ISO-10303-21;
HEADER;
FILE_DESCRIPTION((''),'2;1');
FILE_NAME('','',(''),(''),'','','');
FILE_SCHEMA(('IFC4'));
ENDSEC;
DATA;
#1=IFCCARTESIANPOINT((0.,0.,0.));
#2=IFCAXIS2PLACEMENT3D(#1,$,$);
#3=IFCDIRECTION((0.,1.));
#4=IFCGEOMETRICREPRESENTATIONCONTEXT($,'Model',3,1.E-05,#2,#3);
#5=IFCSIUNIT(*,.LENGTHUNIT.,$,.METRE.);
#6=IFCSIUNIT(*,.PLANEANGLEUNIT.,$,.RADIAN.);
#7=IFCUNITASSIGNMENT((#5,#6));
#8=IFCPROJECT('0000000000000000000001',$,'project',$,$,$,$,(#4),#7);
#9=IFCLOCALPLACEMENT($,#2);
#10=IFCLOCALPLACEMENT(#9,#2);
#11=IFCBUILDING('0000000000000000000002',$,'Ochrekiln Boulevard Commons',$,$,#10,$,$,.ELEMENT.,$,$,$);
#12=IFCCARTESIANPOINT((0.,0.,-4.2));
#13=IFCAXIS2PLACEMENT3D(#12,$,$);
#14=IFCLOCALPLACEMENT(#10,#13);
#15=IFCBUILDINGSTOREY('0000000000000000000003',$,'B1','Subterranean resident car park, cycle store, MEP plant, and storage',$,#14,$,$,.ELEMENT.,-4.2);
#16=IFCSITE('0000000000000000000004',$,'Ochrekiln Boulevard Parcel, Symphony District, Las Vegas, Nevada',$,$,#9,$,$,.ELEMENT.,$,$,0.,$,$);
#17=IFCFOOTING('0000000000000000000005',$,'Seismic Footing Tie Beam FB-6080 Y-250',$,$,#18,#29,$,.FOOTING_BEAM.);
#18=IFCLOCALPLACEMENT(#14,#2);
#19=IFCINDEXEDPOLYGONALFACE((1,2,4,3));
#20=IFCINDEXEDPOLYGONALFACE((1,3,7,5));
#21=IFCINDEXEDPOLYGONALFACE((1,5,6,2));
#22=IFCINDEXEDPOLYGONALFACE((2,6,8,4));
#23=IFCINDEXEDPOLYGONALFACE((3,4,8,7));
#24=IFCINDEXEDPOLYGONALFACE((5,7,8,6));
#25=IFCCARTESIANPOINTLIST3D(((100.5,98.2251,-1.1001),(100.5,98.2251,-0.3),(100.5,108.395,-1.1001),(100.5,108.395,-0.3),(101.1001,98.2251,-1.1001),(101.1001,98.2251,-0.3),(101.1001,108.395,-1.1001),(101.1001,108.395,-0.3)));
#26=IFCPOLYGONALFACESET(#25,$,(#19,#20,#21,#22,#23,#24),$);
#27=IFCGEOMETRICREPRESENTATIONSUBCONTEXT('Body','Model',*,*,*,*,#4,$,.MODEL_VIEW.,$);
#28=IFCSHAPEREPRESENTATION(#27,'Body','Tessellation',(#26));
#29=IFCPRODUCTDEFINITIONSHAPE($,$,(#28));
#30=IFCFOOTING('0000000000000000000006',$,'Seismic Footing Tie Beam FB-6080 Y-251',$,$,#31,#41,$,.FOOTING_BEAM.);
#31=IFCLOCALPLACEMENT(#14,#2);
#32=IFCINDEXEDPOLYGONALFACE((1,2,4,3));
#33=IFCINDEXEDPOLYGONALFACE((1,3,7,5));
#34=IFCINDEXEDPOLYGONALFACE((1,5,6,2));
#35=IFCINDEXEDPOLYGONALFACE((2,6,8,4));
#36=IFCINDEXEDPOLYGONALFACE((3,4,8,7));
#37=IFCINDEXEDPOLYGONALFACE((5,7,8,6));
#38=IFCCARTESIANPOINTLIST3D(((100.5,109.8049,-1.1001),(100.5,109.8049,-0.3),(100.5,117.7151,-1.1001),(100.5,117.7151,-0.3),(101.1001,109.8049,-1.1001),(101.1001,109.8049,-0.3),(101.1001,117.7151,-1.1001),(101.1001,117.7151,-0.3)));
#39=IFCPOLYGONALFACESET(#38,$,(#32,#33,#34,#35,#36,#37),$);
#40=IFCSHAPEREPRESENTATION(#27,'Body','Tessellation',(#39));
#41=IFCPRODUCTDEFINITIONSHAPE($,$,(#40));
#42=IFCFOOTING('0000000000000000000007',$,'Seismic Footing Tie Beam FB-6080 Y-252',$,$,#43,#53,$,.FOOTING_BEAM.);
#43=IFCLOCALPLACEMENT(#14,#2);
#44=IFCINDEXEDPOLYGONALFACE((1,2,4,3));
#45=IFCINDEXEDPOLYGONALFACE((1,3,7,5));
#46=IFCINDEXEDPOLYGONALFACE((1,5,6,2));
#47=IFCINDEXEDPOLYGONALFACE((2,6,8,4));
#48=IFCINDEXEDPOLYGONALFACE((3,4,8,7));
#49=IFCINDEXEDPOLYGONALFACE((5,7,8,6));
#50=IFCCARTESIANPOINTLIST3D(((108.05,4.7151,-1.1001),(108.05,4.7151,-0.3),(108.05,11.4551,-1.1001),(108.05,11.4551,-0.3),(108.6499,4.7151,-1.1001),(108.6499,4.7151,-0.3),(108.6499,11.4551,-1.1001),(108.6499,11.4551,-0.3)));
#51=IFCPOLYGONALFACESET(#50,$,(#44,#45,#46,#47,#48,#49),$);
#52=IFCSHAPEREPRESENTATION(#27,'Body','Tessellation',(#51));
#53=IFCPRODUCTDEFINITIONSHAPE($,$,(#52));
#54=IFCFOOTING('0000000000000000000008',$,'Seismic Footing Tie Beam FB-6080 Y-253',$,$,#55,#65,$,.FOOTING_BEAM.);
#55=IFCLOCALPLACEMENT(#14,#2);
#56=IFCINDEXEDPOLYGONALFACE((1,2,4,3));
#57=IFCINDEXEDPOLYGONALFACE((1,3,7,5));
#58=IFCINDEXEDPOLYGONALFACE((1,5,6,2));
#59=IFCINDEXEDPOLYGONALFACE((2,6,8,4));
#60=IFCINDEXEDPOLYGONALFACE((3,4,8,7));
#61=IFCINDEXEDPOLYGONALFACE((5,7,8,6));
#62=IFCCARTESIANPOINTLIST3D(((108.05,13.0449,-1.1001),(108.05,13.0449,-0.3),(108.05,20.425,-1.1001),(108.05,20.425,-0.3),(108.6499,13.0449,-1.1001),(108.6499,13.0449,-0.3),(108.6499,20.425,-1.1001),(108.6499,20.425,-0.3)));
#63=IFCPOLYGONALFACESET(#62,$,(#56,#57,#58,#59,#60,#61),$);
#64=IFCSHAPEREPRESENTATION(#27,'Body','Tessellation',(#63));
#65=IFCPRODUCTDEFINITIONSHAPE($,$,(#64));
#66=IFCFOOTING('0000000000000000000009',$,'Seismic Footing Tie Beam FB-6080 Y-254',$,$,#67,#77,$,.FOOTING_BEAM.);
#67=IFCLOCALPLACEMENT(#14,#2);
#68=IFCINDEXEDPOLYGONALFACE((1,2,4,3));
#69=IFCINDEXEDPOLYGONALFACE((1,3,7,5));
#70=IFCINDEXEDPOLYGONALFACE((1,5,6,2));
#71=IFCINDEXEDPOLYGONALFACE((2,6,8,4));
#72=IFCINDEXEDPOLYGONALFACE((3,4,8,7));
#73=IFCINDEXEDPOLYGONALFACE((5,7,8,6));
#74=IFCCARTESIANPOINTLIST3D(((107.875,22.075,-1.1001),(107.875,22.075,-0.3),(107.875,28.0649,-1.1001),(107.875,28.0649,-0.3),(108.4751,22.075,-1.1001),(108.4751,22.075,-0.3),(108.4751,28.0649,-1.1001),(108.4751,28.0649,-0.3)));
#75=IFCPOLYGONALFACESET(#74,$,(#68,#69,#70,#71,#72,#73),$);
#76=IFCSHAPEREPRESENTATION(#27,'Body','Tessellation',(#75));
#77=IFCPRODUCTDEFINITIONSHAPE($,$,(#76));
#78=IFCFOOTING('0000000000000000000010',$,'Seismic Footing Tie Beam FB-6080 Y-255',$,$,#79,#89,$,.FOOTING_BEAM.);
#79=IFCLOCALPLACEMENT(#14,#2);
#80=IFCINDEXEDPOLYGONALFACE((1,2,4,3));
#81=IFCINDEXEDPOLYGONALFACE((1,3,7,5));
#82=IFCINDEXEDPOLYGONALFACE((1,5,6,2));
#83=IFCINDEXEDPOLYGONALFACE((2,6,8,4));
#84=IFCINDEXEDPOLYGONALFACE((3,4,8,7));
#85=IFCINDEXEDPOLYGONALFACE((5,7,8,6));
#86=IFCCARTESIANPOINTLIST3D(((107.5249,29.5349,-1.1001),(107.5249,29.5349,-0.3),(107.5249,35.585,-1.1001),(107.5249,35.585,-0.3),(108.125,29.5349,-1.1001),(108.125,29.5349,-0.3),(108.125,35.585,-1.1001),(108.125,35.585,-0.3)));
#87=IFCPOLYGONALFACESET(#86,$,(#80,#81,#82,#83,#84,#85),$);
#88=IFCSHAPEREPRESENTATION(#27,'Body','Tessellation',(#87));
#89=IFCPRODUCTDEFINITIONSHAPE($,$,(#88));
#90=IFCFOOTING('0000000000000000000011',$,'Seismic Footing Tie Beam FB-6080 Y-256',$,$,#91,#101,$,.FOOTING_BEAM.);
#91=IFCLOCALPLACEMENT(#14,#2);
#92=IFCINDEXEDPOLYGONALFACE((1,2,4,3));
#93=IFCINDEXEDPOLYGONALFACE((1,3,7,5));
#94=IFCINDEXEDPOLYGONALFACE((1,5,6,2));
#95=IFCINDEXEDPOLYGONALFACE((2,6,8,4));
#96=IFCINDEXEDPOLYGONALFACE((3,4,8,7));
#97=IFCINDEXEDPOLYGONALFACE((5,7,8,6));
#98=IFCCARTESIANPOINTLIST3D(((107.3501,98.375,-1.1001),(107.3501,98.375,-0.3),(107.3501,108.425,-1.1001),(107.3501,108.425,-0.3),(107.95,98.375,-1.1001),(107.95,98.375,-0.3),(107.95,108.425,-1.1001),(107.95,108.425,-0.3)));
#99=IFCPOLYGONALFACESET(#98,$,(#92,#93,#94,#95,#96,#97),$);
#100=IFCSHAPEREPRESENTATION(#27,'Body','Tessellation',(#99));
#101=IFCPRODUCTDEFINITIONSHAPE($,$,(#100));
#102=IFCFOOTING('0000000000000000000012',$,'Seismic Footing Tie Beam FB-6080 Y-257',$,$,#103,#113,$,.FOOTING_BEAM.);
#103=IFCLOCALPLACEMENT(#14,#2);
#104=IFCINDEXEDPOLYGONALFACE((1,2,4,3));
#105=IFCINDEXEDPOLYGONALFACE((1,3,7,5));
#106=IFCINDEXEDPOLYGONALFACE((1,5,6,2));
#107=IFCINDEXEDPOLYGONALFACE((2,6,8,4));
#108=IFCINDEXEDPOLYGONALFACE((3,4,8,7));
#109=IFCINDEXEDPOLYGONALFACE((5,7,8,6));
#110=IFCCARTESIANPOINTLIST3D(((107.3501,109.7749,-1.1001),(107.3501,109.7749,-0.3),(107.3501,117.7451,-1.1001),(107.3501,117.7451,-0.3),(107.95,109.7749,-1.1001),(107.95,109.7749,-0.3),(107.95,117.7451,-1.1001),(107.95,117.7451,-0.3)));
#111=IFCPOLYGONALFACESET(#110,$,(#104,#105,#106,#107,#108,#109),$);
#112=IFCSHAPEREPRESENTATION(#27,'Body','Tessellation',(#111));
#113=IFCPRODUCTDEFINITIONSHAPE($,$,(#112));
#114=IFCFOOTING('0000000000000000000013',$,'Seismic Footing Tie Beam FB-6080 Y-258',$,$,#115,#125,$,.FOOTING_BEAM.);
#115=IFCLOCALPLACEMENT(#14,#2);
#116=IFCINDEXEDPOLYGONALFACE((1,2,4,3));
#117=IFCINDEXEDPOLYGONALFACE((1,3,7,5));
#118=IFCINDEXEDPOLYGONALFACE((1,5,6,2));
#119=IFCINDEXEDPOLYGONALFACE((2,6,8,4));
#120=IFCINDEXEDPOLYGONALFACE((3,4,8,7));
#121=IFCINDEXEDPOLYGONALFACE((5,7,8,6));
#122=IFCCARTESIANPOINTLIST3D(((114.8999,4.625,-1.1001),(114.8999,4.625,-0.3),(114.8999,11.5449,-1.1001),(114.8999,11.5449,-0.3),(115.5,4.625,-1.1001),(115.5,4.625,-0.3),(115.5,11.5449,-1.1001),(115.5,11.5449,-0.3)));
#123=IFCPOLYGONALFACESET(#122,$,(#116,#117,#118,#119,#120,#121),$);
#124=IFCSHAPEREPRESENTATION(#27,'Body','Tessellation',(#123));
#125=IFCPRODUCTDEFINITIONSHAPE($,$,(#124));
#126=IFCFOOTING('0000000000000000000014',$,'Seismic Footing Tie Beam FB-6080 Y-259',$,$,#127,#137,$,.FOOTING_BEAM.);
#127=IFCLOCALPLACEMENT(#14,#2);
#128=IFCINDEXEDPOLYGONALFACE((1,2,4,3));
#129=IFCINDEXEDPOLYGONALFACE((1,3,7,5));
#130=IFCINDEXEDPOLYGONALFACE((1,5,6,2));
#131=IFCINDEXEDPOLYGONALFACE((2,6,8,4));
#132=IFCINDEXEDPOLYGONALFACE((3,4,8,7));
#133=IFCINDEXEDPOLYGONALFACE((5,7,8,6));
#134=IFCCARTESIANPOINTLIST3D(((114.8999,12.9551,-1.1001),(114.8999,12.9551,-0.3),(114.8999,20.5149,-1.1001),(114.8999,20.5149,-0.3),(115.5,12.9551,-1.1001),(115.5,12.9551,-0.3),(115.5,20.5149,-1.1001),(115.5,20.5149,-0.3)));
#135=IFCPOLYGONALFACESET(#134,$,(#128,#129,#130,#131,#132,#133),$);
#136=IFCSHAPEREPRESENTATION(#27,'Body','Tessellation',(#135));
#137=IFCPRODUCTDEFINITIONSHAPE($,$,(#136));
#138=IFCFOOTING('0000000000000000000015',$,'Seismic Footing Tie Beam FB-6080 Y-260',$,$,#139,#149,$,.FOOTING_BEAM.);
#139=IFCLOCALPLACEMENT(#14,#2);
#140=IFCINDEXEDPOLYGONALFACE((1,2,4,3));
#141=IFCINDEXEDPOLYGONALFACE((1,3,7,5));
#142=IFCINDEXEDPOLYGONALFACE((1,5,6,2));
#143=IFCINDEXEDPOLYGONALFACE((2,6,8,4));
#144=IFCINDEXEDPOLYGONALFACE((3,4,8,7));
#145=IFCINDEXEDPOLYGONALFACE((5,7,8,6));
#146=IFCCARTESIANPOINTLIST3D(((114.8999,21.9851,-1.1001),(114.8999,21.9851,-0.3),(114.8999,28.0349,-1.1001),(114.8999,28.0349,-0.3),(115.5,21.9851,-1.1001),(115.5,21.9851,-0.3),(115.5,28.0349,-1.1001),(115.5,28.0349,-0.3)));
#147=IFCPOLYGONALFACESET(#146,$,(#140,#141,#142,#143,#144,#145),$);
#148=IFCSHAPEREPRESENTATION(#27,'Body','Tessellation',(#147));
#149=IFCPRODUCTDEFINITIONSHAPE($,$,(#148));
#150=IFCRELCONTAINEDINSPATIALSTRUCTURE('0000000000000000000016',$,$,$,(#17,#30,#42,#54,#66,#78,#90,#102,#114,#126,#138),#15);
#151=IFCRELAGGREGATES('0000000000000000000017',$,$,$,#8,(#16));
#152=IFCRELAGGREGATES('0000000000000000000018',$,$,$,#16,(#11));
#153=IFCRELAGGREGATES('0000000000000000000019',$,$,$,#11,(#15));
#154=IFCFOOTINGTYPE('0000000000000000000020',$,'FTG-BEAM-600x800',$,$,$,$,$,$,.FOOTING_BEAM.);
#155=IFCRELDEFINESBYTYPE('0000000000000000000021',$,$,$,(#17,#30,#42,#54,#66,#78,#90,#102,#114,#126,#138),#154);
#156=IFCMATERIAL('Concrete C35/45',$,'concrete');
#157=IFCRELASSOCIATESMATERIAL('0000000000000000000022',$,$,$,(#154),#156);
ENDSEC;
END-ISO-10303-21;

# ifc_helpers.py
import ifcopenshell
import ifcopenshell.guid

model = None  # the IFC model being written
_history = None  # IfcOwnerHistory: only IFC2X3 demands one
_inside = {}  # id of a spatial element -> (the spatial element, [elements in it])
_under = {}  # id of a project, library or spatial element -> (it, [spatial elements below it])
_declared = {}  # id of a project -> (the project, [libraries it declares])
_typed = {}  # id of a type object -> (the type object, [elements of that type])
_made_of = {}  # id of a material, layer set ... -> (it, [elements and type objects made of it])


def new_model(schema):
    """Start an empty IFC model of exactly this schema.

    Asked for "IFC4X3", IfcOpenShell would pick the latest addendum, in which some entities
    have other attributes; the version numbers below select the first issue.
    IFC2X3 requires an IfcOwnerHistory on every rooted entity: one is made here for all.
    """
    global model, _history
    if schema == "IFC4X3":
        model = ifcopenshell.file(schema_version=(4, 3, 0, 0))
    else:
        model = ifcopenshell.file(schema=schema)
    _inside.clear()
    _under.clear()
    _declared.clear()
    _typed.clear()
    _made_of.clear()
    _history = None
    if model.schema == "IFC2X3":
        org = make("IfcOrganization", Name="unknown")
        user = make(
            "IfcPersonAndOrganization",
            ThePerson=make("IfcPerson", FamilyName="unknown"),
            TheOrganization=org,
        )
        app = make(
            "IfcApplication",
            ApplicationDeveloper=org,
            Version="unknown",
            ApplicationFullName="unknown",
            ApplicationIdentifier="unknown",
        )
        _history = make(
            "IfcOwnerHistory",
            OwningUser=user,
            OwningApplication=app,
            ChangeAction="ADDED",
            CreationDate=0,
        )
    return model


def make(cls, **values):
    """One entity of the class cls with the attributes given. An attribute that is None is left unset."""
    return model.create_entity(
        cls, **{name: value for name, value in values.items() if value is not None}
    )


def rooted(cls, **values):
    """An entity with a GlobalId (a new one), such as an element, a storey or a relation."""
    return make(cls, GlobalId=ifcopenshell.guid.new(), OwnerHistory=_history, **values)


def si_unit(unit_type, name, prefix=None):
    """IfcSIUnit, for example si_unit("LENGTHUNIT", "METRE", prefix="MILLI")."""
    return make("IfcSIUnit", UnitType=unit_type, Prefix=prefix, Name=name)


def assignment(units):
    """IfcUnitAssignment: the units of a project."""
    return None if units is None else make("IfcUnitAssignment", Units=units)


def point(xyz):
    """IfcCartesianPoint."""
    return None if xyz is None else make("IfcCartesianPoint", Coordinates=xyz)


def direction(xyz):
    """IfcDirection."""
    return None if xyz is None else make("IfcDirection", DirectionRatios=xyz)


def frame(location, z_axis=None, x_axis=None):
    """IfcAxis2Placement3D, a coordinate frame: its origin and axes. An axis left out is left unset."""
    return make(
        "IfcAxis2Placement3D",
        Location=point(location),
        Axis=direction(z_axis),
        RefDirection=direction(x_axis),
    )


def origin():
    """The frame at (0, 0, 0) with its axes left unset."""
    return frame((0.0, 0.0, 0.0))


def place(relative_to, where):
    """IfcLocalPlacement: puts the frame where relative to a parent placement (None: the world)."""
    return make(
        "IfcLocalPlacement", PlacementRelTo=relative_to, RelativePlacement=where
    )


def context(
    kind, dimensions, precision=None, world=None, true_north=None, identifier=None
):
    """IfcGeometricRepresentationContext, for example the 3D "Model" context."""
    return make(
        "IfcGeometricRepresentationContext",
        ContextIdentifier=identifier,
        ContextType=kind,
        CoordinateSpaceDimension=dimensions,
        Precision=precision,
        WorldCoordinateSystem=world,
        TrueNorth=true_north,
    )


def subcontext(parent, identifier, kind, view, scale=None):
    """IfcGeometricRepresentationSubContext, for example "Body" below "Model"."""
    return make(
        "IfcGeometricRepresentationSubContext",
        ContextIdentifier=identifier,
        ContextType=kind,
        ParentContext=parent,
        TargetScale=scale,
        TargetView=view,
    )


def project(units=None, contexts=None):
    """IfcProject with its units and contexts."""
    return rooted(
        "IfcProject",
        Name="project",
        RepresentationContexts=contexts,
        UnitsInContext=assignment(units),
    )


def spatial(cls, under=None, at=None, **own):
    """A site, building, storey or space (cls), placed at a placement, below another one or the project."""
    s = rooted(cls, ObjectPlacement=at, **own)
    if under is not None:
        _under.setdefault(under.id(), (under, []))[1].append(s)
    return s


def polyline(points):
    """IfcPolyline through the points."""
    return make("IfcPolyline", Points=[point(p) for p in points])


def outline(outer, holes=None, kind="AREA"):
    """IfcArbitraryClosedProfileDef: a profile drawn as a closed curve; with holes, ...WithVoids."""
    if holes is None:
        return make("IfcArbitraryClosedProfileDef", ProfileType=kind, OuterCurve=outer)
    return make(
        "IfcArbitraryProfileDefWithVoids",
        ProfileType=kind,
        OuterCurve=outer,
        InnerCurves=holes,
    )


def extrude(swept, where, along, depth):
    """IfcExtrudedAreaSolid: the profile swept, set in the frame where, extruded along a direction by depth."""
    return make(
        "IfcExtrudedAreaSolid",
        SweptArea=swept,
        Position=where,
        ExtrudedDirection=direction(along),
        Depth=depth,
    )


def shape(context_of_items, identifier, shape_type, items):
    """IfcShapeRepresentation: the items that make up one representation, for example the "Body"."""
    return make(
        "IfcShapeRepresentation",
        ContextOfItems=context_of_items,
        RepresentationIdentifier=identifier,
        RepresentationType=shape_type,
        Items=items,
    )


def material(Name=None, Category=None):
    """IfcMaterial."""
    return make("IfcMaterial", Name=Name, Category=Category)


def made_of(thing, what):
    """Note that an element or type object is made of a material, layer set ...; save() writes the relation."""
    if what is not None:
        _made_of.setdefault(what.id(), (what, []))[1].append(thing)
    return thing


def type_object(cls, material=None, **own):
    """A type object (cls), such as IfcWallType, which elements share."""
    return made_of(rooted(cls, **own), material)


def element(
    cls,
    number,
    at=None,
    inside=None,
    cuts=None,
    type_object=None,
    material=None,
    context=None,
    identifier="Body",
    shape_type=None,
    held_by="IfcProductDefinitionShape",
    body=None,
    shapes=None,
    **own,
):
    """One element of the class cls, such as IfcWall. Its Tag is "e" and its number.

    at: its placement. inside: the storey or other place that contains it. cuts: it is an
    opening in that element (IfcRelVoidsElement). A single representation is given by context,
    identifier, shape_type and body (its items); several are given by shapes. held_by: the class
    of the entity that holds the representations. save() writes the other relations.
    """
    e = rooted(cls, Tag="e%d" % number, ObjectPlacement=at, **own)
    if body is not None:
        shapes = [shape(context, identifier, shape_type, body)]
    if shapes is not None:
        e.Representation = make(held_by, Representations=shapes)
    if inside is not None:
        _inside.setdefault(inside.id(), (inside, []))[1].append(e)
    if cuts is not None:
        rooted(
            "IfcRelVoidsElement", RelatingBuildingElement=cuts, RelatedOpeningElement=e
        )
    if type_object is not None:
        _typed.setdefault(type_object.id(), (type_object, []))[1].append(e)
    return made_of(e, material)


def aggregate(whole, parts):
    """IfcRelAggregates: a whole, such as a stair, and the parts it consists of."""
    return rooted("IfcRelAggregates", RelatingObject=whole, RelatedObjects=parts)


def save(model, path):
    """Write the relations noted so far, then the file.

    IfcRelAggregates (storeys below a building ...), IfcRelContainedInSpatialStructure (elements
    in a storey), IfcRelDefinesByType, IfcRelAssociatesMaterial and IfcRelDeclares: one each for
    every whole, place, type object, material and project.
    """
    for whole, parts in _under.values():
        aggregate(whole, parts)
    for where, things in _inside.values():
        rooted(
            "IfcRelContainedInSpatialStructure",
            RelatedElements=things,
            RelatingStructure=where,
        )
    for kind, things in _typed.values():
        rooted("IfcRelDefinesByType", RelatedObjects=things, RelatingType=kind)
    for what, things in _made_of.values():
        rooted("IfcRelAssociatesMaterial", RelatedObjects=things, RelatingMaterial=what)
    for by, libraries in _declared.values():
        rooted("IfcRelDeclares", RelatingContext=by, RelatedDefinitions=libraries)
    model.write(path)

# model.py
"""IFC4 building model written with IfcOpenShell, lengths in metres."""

from ifc_helpers import new_model, si_unit, direction, frame, origin, place, context, subcontext, project, spatial, polyline, outline, extrude, material, type_object, element, save


model = new_model("IFC4")

# Units and contexts
model_context = context("Model", 3, precision=1e-05, world=origin(), true_north=direction((0.0, 1.0)))
body_context = subcontext(model_context, "Body", "Model", "MODEL_VIEW")
ifc_project = project(units=[si_unit("LENGTHUNIT", "METRE"), si_unit("PLANEANGLEUNIT", "RADIAN")], contexts=[model_context])

# Site, building, storey
site_placement = place(None, origin())
site = spatial("IfcSite", under=ifc_project, at=site_placement, Name="Ochrekiln Boulevard Parcel, Symphony District, Las Vegas, Nevada", CompositionType="ELEMENT", RefElevation=0.0)
building_placement = place(site_placement, origin())
building = spatial("IfcBuilding", under=site, at=building_placement, Name="Ochrekiln Boulevard Commons", CompositionType="ELEMENT")
storey_placement = place(building_placement, frame((0.0, 0.0, -4.2)))
storey = spatial("IfcBuildingStorey", under=building, at=storey_placement, Name="B1", Description="Subterranean resident car park, cycle store, MEP plant, and storage", CompositionType="ELEMENT", Elevation=-4.2)

# Footings
ifc_material = material(Name="Concrete C35/45", Category="concrete")
footing_type = type_object("IfcFootingType", Name="FTG-BEAM-600x800", PredefinedType="FOOTING_BEAM", material=ifc_material)
footing_1_placement = place(storey_placement, frame((0.0, 0.0, -1.1001)))
element("IfcFooting", 1, at=footing_1_placement, inside=storey, type_object=footing_type, Name="Seismic Footing Tie Beam FB-6080 Y-250", PredefinedType="FOOTING_BEAM", context=body_context, shape_type="SweptSolid", body=[
    extrude(outline(polyline([(100.5, 98.2251), (101.1001, 98.2251), (101.1001, 108.395), (100.5, 108.395), (100.5, 98.2251)])), origin(), (0.0, 0.0, 1.0), 0.8),
])
footing_2_placement = place(storey_placement, frame((0.0, 0.0, -1.1001)))
element("IfcFooting", 2, at=footing_2_placement, inside=storey, type_object=footing_type, Name="Seismic Footing Tie Beam FB-6080 Y-251", PredefinedType="FOOTING_BEAM", context=body_context, shape_type="SweptSolid", body=[
    extrude(outline(polyline([(100.5, 109.8049), (101.1001, 109.8049), (101.1001, 117.7151), (100.5, 117.7151), (100.5, 109.8049)])), origin(), (0.0, 0.0, 1.0), 0.8),
])
footing_3_placement = place(storey_placement, frame((0.0, 0.0, -1.1001)))
element("IfcFooting", 3, at=footing_3_placement, inside=storey, type_object=footing_type, Name="Seismic Footing Tie Beam FB-6080 Y-252", PredefinedType="FOOTING_BEAM", context=body_context, shape_type="SweptSolid", body=[
    extrude(outline(polyline([(108.05, 4.7151), (108.6499, 4.7151), (108.6499, 11.4551), (108.05, 11.4551), (108.05, 4.7151)])), origin(), (0.0, 0.0, 1.0), 0.8),
])
footing_4_placement = place(storey_placement, frame((0.0, 0.0, -1.1001)))
element("IfcFooting", 4, at=footing_4_placement, inside=storey, type_object=footing_type, Name="Seismic Footing Tie Beam FB-6080 Y-253", PredefinedType="FOOTING_BEAM", context=body_context, shape_type="SweptSolid", body=[
    extrude(outline(polyline([(108.05, 13.0449), (108.6499, 13.0449), (108.6499, 20.425), (108.05, 20.425), (108.05, 13.0449)])), origin(), (0.0, 0.0, 1.0), 0.8),
])
footing_5_placement = place(storey_placement, frame((0.0, 0.0, -1.1001)))
element("IfcFooting", 5, at=footing_5_placement, inside=storey, type_object=footing_type, Name="Seismic Footing Tie Beam FB-6080 Y-254", PredefinedType="FOOTING_BEAM", context=body_context, shape_type="SweptSolid", body=[
    extrude(outline(polyline([(107.875, 22.075), (108.4751, 22.075), (108.4751, 28.0649), (107.875, 28.0649), (107.875, 22.075)])), origin(), (0.0, 0.0, 1.0), 0.8),
])
footing_6_placement = place(storey_placement, frame((0.0, 0.0, -1.1001)))
element("IfcFooting", 6, at=footing_6_placement, inside=storey, type_object=footing_type, Name="Seismic Footing Tie Beam FB-6080 Y-255", PredefinedType="FOOTING_BEAM", context=body_context, shape_type="SweptSolid", body=[
    extrude(outline(polyline([(107.5249, 29.5349), (108.125, 29.5349), (108.125, 35.585), (107.5249, 35.585), (107.5249, 29.5349)])), origin(), (0.0, 0.0, 1.0), 0.8),
])
footing_7_placement = place(storey_placement, frame((0.0, 0.0, -1.1001)))
element("IfcFooting", 7, at=footing_7_placement, inside=storey, type_object=footing_type, Name="Seismic Footing Tie Beam FB-6080 Y-256", PredefinedType="FOOTING_BEAM", context=body_context, shape_type="SweptSolid", body=[
    extrude(outline(polyline([(107.3501, 98.375), (107.95, 98.375), (107.95, 108.425), (107.3501, 108.425), (107.3501, 98.375)])), origin(), (0.0, 0.0, 1.0), 0.8),
])
footing_8_placement = place(storey_placement, frame((0.0, 0.0, -1.1001)))
element("IfcFooting", 8, at=footing_8_placement, inside=storey, type_object=footing_type, Name="Seismic Footing Tie Beam FB-6080 Y-257", PredefinedType="FOOTING_BEAM", context=body_context, shape_type="SweptSolid", body=[
    extrude(outline(polyline([(107.3501, 109.7749), (107.95, 109.7749), (107.95, 117.7451), (107.3501, 117.7451), (107.3501, 109.7749)])), origin(), (0.0, 0.0, 1.0), 0.8),
])
footing_9_placement = place(storey_placement, frame((0.0, 0.0, -1.1001)))
element("IfcFooting", 9, at=footing_9_placement, inside=storey, type_object=footing_type, Name="Seismic Footing Tie Beam FB-6080 Y-258", PredefinedType="FOOTING_BEAM", context=body_context, shape_type="SweptSolid", body=[
    extrude(outline(polyline([(114.8999, 4.625), (115.5, 4.625), (115.5, 11.5449), (114.8999, 11.5449), (114.8999, 4.625)])), origin(), (0.0, 0.0, 1.0), 0.8),
])
footing_10_placement = place(storey_placement, frame((0.0, 0.0, -1.1001)))
element("IfcFooting", 10, at=footing_10_placement, inside=storey, type_object=footing_type, Name="Seismic Footing Tie Beam FB-6080 Y-259", PredefinedType="FOOTING_BEAM", context=body_context, shape_type="SweptSolid", body=[
    extrude(outline(polyline([(114.8999, 12.9551), (115.5, 12.9551), (115.5, 20.5149), (114.8999, 20.5149), (114.8999, 12.9551)])), origin(), (0.0, 0.0, 1.0), 0.8),
])
footing_11_placement = place(storey_placement, frame((0.0, 0.0, -1.1001)))
element("IfcFooting", 11, at=footing_11_placement, inside=storey, type_object=footing_type, Name="Seismic Footing Tie Beam FB-6080 Y-260", PredefinedType="FOOTING_BEAM", context=body_context, shape_type="SweptSolid", body=[
    extrude(outline(polyline([(114.8999, 21.9851), (115.5, 21.9851), (115.5, 28.0349), (114.8999, 28.0349), (114.8999, 21.9851)])), origin(), (0.0, 0.0, 1.0), 0.8),
])

save(model, "model.ifc")
